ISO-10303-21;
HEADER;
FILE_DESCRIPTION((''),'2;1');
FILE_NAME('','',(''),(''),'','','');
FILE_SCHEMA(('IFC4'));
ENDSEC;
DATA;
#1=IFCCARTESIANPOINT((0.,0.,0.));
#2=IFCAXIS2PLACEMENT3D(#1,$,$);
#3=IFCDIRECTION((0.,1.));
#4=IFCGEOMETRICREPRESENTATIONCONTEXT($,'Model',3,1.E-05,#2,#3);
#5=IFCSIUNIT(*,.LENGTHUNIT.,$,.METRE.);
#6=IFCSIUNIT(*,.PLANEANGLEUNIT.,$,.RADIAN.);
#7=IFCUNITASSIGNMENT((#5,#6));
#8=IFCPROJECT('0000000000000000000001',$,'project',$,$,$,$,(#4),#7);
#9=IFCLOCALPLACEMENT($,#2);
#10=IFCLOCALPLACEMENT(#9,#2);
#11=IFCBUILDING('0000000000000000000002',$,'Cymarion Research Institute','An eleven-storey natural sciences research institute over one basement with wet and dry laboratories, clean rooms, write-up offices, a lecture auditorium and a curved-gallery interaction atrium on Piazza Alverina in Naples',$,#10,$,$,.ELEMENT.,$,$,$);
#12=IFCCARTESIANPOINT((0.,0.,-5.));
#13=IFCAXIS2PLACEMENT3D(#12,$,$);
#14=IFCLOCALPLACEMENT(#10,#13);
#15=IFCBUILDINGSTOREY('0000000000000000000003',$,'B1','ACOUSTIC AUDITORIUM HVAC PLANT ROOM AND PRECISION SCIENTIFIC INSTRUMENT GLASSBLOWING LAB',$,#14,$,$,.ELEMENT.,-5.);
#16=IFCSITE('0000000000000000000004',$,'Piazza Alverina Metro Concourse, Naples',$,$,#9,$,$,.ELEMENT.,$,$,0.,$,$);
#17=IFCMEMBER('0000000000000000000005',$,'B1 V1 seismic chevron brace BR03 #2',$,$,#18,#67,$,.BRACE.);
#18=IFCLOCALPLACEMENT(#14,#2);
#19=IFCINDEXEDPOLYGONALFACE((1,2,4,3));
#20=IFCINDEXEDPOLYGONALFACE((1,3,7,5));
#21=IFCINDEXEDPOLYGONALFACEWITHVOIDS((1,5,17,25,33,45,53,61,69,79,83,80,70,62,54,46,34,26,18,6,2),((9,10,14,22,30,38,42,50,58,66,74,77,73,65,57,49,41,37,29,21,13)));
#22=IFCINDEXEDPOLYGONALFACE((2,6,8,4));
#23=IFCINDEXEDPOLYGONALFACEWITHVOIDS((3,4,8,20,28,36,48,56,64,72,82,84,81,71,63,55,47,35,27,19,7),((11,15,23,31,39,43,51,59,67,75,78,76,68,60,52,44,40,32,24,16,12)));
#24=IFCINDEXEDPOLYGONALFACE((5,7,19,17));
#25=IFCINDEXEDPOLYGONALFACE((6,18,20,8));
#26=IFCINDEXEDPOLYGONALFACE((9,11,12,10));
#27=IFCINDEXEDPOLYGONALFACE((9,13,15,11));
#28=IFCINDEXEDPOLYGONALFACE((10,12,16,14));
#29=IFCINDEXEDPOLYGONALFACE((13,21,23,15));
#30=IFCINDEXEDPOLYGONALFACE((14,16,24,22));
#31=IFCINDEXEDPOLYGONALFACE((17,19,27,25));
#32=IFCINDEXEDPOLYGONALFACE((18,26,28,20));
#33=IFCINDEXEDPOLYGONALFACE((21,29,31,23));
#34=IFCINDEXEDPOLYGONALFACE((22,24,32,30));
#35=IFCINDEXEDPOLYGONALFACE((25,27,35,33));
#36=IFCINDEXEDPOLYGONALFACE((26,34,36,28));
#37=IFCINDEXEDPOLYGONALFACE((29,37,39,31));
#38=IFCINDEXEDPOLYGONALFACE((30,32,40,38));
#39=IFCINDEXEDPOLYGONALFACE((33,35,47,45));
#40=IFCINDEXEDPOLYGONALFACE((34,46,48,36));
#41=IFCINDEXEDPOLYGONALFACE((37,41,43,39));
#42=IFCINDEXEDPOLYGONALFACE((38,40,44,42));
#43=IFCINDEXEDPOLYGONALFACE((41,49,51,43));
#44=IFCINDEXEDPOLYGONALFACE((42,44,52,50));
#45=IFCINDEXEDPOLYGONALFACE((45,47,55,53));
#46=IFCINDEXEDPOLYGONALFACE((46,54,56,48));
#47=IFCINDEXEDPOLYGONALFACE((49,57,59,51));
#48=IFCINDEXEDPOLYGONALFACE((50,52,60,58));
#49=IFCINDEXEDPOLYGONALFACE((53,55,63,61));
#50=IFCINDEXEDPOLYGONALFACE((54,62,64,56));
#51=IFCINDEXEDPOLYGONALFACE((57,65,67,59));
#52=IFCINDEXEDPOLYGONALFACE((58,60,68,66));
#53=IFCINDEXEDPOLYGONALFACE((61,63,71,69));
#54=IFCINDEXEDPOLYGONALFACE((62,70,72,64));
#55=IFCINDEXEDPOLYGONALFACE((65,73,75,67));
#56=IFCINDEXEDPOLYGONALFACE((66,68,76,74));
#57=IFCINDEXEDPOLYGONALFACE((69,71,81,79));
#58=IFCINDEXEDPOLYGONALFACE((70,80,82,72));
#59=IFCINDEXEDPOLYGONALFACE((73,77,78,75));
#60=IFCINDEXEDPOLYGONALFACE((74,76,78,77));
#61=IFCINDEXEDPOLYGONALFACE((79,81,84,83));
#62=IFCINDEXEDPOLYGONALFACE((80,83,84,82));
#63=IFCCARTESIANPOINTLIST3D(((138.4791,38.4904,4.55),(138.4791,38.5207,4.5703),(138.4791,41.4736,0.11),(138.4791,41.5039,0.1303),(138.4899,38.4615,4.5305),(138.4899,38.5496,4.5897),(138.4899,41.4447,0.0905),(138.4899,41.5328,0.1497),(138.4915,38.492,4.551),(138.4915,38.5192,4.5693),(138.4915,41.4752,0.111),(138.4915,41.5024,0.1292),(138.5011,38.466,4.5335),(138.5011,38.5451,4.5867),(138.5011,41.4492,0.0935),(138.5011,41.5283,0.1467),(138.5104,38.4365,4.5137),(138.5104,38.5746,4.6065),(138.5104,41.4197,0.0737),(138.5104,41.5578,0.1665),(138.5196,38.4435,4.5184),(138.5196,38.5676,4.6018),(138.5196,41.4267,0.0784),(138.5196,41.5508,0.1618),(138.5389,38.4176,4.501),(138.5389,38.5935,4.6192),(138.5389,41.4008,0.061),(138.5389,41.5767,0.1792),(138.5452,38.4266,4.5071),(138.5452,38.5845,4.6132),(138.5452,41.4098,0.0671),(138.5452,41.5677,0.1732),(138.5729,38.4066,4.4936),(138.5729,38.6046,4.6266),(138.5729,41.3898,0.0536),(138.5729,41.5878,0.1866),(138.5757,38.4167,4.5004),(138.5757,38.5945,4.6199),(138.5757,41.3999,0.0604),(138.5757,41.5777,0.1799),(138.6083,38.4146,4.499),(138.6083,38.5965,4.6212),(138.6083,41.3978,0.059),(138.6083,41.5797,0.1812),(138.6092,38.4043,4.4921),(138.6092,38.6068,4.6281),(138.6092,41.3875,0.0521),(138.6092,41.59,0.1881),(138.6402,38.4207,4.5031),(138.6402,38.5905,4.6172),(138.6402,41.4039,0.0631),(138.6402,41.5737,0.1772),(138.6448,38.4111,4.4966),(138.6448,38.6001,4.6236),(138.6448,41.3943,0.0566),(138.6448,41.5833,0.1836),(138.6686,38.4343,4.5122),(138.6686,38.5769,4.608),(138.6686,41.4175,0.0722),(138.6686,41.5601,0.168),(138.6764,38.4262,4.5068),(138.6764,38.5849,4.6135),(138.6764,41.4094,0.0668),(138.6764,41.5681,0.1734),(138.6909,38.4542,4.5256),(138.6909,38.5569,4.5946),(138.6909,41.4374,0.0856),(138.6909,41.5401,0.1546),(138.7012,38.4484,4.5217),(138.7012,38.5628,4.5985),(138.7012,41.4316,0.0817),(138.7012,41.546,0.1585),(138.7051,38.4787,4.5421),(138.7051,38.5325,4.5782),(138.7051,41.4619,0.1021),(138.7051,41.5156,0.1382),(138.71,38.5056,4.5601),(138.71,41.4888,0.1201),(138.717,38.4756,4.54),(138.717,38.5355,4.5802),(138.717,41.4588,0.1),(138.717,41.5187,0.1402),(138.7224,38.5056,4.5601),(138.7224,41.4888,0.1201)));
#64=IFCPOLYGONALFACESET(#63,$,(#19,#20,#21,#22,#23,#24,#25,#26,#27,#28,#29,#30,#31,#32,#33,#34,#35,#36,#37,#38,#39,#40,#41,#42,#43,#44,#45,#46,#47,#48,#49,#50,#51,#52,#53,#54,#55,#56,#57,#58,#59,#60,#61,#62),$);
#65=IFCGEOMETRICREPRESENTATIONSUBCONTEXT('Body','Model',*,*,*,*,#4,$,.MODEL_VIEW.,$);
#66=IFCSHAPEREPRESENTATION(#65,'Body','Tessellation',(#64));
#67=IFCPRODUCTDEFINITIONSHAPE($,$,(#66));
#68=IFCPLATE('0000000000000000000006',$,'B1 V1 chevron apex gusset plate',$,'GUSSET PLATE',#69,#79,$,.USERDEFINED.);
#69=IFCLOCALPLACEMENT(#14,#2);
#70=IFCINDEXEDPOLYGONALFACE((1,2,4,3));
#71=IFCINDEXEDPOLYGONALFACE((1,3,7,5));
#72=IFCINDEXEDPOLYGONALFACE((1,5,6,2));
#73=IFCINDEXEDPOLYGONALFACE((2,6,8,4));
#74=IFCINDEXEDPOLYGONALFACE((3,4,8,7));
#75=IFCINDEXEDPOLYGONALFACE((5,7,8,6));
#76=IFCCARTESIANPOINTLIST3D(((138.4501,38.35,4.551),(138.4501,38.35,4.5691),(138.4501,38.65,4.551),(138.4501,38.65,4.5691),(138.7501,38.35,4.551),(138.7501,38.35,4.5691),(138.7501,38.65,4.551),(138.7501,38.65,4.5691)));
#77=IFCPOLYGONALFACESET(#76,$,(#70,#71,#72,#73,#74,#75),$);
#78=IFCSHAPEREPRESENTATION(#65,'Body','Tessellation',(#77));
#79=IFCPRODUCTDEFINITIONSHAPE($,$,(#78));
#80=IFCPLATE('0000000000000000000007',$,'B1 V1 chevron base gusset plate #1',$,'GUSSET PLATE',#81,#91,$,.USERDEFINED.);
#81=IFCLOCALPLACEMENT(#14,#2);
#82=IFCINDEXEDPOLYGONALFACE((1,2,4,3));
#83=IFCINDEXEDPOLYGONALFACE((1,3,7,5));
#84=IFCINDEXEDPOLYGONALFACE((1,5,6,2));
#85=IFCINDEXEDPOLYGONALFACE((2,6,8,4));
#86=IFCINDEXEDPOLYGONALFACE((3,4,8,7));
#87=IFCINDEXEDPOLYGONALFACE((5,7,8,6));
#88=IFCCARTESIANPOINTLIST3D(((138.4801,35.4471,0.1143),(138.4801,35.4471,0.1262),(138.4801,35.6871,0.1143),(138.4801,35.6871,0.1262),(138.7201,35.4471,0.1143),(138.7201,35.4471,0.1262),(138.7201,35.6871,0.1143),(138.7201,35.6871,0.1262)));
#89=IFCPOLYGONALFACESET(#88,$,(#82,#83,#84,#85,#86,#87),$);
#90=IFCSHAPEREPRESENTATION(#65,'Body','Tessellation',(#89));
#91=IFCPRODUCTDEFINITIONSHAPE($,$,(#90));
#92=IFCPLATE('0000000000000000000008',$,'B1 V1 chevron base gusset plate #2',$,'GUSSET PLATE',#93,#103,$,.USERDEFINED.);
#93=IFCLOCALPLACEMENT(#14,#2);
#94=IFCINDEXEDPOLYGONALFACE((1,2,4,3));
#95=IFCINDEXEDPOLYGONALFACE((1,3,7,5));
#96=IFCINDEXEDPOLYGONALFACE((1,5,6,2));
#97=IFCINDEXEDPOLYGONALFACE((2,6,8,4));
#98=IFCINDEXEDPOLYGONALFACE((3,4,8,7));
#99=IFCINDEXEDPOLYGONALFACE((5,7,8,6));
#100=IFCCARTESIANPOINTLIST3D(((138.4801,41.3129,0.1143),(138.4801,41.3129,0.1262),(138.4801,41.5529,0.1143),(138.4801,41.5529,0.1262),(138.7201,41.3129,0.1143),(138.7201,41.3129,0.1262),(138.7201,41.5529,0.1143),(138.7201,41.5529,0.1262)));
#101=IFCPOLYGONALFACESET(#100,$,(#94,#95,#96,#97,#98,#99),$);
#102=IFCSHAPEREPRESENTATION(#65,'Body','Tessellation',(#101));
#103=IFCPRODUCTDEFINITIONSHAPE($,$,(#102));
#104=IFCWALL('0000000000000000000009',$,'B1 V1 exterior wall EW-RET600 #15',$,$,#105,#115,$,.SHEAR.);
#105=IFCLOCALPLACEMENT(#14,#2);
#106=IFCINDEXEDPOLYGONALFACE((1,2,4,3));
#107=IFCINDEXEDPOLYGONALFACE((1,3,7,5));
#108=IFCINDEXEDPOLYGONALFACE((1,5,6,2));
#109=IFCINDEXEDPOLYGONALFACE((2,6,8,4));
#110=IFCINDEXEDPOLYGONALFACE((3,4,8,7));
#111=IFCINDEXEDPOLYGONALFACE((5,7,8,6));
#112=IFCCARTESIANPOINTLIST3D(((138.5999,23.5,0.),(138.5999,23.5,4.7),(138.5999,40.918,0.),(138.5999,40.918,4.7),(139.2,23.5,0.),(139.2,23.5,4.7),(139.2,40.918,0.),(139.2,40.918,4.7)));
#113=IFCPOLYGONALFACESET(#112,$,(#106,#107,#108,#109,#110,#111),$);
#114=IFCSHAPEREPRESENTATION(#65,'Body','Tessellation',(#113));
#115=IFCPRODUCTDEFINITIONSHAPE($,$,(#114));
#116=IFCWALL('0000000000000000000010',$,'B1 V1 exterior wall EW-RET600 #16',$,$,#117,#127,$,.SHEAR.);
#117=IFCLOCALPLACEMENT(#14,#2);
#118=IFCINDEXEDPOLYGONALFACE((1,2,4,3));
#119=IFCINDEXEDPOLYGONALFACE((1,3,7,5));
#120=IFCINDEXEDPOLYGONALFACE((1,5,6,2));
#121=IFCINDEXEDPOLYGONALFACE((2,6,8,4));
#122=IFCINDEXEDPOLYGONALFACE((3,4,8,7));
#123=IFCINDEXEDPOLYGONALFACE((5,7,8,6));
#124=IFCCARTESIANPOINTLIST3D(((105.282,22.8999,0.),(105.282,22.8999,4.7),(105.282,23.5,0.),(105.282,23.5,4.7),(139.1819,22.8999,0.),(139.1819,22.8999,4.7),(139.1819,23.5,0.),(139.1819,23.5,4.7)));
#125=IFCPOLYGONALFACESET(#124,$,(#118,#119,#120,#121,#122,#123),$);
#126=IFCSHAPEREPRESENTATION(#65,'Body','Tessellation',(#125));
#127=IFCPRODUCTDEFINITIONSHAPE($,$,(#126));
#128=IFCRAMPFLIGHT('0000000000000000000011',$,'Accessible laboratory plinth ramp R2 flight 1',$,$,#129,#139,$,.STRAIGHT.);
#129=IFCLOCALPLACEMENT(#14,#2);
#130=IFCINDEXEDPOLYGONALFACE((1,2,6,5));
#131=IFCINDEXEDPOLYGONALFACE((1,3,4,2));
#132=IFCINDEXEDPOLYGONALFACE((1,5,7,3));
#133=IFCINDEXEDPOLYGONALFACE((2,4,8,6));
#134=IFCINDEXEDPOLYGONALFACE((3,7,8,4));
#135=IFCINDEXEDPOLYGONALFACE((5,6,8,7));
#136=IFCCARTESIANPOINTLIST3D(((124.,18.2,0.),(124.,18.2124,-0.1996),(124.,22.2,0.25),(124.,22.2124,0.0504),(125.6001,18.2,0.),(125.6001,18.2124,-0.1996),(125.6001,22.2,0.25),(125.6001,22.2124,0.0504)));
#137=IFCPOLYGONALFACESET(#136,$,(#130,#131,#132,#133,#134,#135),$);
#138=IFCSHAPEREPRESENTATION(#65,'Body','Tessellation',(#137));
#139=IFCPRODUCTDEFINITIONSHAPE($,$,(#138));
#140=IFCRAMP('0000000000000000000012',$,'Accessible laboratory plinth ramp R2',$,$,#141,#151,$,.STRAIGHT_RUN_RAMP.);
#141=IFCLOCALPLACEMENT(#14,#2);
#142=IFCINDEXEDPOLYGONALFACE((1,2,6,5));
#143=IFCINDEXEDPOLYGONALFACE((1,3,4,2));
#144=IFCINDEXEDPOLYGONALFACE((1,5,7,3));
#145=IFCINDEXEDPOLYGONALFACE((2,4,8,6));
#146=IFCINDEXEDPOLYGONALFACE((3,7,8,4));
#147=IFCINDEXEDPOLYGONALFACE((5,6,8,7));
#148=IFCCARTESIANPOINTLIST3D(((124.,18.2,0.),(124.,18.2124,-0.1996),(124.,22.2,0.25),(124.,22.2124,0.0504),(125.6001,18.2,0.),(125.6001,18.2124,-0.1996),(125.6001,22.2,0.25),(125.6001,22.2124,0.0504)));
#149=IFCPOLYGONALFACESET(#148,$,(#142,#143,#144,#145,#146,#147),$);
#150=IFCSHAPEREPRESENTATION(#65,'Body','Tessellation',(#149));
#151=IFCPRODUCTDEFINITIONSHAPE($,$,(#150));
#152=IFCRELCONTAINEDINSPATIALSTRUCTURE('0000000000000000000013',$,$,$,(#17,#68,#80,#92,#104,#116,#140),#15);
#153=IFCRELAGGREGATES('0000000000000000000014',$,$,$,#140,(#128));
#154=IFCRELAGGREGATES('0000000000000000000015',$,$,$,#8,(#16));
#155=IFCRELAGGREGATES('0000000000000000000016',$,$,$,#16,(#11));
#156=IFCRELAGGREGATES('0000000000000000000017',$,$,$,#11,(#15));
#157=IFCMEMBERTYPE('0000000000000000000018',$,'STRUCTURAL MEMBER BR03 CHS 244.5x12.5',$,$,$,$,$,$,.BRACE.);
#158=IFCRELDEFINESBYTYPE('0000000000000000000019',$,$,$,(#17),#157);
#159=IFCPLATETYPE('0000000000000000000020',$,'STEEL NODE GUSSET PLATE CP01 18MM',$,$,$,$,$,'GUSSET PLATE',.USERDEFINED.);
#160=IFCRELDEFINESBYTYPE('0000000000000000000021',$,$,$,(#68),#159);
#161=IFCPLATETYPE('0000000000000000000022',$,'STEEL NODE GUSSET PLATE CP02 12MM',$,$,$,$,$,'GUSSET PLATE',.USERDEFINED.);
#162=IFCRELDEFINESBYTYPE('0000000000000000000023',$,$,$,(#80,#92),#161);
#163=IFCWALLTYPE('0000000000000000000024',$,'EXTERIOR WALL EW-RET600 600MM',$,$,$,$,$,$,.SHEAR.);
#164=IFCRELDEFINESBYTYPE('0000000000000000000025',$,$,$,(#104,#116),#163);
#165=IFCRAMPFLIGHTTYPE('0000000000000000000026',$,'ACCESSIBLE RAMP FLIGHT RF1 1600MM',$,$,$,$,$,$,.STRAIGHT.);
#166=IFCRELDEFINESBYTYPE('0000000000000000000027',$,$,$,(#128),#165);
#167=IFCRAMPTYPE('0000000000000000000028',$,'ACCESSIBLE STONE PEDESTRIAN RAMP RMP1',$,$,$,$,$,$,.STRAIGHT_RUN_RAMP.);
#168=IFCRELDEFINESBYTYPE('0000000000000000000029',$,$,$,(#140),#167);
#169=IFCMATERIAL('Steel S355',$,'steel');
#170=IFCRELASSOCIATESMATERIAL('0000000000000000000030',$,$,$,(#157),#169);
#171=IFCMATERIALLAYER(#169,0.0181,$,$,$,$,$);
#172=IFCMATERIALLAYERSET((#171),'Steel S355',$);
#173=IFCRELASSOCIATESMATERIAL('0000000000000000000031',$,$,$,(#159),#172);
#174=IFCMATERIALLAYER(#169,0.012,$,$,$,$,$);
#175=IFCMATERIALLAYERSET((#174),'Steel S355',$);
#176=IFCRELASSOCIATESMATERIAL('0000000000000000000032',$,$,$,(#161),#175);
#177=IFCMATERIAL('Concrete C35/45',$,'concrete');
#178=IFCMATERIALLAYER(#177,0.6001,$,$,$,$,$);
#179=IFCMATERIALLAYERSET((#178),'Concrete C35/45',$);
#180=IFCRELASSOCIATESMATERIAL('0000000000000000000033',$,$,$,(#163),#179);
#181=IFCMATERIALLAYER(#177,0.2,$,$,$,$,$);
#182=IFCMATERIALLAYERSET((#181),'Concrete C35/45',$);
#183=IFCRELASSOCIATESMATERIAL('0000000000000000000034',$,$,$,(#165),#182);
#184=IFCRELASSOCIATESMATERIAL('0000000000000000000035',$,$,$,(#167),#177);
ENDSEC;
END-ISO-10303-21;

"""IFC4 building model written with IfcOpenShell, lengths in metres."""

from ifc_helpers import new_model, si_unit, direction, frame, frame_2d, origin, origin_2d, place, context, subcontext, project, spatial, polyline, rectangle, hollow_circle, outline, extrude, material, layer, layer_set, material_profile, profile_set, type_object, element, aggregate, save


model = new_model("IFC4")

# Units and contexts
model_context = context("Model", 3, precision=1e-05, world=origin(), true_north=direction((0.0, 1.0)))
body_context = subcontext(model_context, "Body", "Model", "MODEL_VIEW")
ifc_project = project(units=[si_unit("LENGTHUNIT", "METRE"), si_unit("PLANEANGLEUNIT", "RADIAN")], contexts=[model_context])

# Site, building, storey
site_placement = place(None, origin())
site = spatial("IfcSite", under=ifc_project, at=site_placement, Name="Piazza Alverina Metro Concourse, Naples", CompositionType="ELEMENT", RefElevation=0.0)
building_placement = place(site_placement, origin())
building = spatial("IfcBuilding", under=site, at=building_placement, Name="Cymarion Research Institute", Description="An eleven-storey natural sciences research institute over one basement with wet and dry laboratories, clean rooms, write-up offices, a lecture auditorium and a curved-gallery interaction atrium on Piazza Alverina in Naples", CompositionType="ELEMENT")
storey_placement = place(building_placement, frame((0.0, 0.0, -5.0)))
storey = spatial("IfcBuildingStorey", under=building, at=storey_placement, Name="B1", Description="ACOUSTIC AUDITORIUM HVAC PLANT ROOM AND PRECISION SCIENTIFIC INSTRUMENT GLASSBLOWING LAB", CompositionType="ELEMENT", Elevation=-5.0)

# Shared definitions
ifc_material_1 = material(Name="Concrete C35/45", Category="concrete")

# Shared definitions
ifc_material_2 = material(Name="Steel S355", Category="steel")

# Member
ifc_material_profile_1 = material_profile(ifc_material_2, hollow_circle(Radius=0.1223, WallThickness=0.0125, at=origin_2d()), Name="CHS 244.5x12.5")
ifc_profile_set_1 = profile_set([ifc_material_profile_1], Name="Steel S355")
member_type = type_object("IfcMemberType", Name="STRUCTURAL MEMBER BR03 CHS 244.5x12.5", PredefinedType="BRACE", material=ifc_profile_set_1)
for number, where, z_axis, x_axis, name in (
    (1, (138.6001, 41.4888, 0.1201), (0.0, -0.557698, 0.830044), (1.0, 0.0, 0.0), "B1 V1 seismic chevron brace BR03 #2"),
):
    element("IfcMember", number, at=place(storey_placement, frame(where, z_axis=z_axis, x_axis=x_axis)), inside=storey, type_object=member_type, Name=name, PredefinedType="BRACE", context=body_context, shape_type="SweptSolid", body=[
        extrude(hollow_circle(Radius=0.1223, WallThickness=0.0125, at=origin_2d()), origin(), (0.0, 0.0, 1.0), 5.3491),
    ])

# Plates
ifc_layer_1 = layer(ifc_material_2, 0.0181)
ifc_layer_set_1 = layer_set([ifc_layer_1], Name="Steel S355")
plate_type_1 = type_object("IfcPlateType", Name="STEEL NODE GUSSET PLATE CP01 18MM", ElementType="GUSSET PLATE", PredefinedType="USERDEFINED", material=ifc_layer_set_1)
plate_placement = place(storey_placement, frame((138.6001, 38.5, 4.551), z_axis=(0.0, 0.0, 1.0), x_axis=(1.0, 0.0, 0.0)))
element("IfcPlate", 2, at=plate_placement, inside=storey, type_object=plate_type_1, Name="B1 V1 chevron apex gusset plate", ObjectType="GUSSET PLATE", PredefinedType="USERDEFINED", context=body_context, shape_type="SweptSolid", body=[
    extrude(rectangle(XDim=0.3, YDim=0.3, at=origin_2d()), origin(), (0.0, 0.0, 1.0), 0.0181),
])
ifc_layer_2 = layer(ifc_material_2, 0.012)
ifc_layer_set_2 = layer_set([ifc_layer_2], Name="Steel S355")
plate_type_2 = type_object("IfcPlateType", Name="STEEL NODE GUSSET PLATE CP02 12MM", ElementType="GUSSET PLATE", PredefinedType="USERDEFINED", material=ifc_layer_set_2)
for number, where, z_axis, x_axis, name in (
    (3, (138.6001, 35.5671, 0.1143), (0.0, 0.0, 1.0), (1.0, 0.0, 0.0), "B1 V1 chevron base gusset plate #1"),
    (4, (138.6001, 41.4329, 0.1143), (0.0, 0.0, 1.0), (1.0, 0.0, 0.0), "B1 V1 chevron base gusset plate #2"),
):
    element("IfcPlate", number, at=place(storey_placement, frame(where, z_axis=z_axis, x_axis=x_axis)), inside=storey, type_object=plate_type_2, Name=name, ObjectType="GUSSET PLATE", PredefinedType="USERDEFINED", context=body_context, shape_type="SweptSolid", body=[
        extrude(rectangle(XDim=0.24, YDim=0.24, at=origin_2d()), origin(), (0.0, 0.0, 1.0), 0.012),
    ])

# Walls
ifc_layer_3 = layer(ifc_material_1, 0.6001)
ifc_layer_set_3 = layer_set([ifc_layer_3], Name="Concrete C35/45")
wall_type = type_object("IfcWallType", Name="EXTERIOR WALL EW-RET600 600MM", PredefinedType="SHEAR", material=ifc_layer_set_3)
wall_1_placement = place(storey_placement, frame((138.8999, 40.918, 0.0), z_axis=(0.0, 0.0, 1.0), x_axis=(0.0, -1.0, 0.0)))
element("IfcWall", 5, at=wall_1_placement, inside=storey, type_object=wall_type, Name="B1 V1 exterior wall EW-RET600 #15", PredefinedType="SHEAR", context=body_context, shape_type="SweptSolid", body=[
    extrude(rectangle(XDim=17.418, YDim=0.6001, at=frame_2d((8.709, 0.0))), origin(), (0.0, 0.0, 1.0), 4.7),
])
wall_2_placement = place(storey_placement, frame((139.1819, 23.2, 0.0), z_axis=(0.0, 0.0, 1.0), x_axis=(-1.0, 0.0, 0.0)))
element("IfcWall", 6, at=wall_2_placement, inside=storey, type_object=wall_type, Name="B1 V1 exterior wall EW-RET600 #16", PredefinedType="SHEAR", context=body_context, shape_type="SweptSolid", body=[
    extrude(rectangle(XDim=33.8999, YDim=0.6001, at=frame_2d((16.95, 0.0))), origin(), (0.0, 0.0, 1.0), 4.7),
])

# Ramp flight
ifc_layer_4 = layer(ifc_material_1, 0.2)
ifc_layer_set_4 = layer_set([ifc_layer_4], Name="Concrete C35/45")
ramp_flight_type = type_object("IfcRampFlightType", Name="ACCESSIBLE RAMP FLIGHT RF1 1600MM", PredefinedType="STRAIGHT", material=ifc_layer_set_4)
ramp_flight_placement = place(storey_placement, frame((124.0, 18.2, 0.0), z_axis=(0.0, -0.062378, 0.998053), x_axis=(1.0, 0.0, 0.0)))
ramp_flight = element("IfcRampFlight", 7, at=ramp_flight_placement, type_object=ramp_flight_type, Name="Accessible laboratory plinth ramp R2 flight 1", PredefinedType="STRAIGHT", context=body_context, shape_type="SweptSolid", body=[
    extrude(outline(polyline([(0.0, 0.0), (1.6001, 0.0), (1.6001, 4.0078), (0.0, 4.0078), (0.0, 0.0)])), origin(), (0.0, 0.0, -1.0), 0.2),
])

# Ramp
ramp_type = type_object("IfcRampType", Name="ACCESSIBLE STONE PEDESTRIAN RAMP RMP1", PredefinedType="STRAIGHT_RUN_RAMP", material=ifc_material_1)
ramp_placement = place(storey_placement, frame((124.0, 18.2, 0.0), z_axis=(0.0, -0.062378, 0.998053), x_axis=(1.0, 0.0, 0.0)))
ramp = element("IfcRamp", 8, at=ramp_placement, inside=storey, type_object=ramp_type, Name="Accessible laboratory plinth ramp R2", PredefinedType="STRAIGHT_RUN_RAMP", context=body_context, shape_type="SweptSolid", body=[
    extrude(outline(polyline([(0.0, 0.0), (1.6001, 0.0), (1.6001, 4.0078), (0.0, 4.0078), (0.0, 0.0)])), origin(), (0.0, 0.0, -1.0), 0.2),
])
aggregate(ramp, [ramp_flight])

save(model, "model.ifc")
